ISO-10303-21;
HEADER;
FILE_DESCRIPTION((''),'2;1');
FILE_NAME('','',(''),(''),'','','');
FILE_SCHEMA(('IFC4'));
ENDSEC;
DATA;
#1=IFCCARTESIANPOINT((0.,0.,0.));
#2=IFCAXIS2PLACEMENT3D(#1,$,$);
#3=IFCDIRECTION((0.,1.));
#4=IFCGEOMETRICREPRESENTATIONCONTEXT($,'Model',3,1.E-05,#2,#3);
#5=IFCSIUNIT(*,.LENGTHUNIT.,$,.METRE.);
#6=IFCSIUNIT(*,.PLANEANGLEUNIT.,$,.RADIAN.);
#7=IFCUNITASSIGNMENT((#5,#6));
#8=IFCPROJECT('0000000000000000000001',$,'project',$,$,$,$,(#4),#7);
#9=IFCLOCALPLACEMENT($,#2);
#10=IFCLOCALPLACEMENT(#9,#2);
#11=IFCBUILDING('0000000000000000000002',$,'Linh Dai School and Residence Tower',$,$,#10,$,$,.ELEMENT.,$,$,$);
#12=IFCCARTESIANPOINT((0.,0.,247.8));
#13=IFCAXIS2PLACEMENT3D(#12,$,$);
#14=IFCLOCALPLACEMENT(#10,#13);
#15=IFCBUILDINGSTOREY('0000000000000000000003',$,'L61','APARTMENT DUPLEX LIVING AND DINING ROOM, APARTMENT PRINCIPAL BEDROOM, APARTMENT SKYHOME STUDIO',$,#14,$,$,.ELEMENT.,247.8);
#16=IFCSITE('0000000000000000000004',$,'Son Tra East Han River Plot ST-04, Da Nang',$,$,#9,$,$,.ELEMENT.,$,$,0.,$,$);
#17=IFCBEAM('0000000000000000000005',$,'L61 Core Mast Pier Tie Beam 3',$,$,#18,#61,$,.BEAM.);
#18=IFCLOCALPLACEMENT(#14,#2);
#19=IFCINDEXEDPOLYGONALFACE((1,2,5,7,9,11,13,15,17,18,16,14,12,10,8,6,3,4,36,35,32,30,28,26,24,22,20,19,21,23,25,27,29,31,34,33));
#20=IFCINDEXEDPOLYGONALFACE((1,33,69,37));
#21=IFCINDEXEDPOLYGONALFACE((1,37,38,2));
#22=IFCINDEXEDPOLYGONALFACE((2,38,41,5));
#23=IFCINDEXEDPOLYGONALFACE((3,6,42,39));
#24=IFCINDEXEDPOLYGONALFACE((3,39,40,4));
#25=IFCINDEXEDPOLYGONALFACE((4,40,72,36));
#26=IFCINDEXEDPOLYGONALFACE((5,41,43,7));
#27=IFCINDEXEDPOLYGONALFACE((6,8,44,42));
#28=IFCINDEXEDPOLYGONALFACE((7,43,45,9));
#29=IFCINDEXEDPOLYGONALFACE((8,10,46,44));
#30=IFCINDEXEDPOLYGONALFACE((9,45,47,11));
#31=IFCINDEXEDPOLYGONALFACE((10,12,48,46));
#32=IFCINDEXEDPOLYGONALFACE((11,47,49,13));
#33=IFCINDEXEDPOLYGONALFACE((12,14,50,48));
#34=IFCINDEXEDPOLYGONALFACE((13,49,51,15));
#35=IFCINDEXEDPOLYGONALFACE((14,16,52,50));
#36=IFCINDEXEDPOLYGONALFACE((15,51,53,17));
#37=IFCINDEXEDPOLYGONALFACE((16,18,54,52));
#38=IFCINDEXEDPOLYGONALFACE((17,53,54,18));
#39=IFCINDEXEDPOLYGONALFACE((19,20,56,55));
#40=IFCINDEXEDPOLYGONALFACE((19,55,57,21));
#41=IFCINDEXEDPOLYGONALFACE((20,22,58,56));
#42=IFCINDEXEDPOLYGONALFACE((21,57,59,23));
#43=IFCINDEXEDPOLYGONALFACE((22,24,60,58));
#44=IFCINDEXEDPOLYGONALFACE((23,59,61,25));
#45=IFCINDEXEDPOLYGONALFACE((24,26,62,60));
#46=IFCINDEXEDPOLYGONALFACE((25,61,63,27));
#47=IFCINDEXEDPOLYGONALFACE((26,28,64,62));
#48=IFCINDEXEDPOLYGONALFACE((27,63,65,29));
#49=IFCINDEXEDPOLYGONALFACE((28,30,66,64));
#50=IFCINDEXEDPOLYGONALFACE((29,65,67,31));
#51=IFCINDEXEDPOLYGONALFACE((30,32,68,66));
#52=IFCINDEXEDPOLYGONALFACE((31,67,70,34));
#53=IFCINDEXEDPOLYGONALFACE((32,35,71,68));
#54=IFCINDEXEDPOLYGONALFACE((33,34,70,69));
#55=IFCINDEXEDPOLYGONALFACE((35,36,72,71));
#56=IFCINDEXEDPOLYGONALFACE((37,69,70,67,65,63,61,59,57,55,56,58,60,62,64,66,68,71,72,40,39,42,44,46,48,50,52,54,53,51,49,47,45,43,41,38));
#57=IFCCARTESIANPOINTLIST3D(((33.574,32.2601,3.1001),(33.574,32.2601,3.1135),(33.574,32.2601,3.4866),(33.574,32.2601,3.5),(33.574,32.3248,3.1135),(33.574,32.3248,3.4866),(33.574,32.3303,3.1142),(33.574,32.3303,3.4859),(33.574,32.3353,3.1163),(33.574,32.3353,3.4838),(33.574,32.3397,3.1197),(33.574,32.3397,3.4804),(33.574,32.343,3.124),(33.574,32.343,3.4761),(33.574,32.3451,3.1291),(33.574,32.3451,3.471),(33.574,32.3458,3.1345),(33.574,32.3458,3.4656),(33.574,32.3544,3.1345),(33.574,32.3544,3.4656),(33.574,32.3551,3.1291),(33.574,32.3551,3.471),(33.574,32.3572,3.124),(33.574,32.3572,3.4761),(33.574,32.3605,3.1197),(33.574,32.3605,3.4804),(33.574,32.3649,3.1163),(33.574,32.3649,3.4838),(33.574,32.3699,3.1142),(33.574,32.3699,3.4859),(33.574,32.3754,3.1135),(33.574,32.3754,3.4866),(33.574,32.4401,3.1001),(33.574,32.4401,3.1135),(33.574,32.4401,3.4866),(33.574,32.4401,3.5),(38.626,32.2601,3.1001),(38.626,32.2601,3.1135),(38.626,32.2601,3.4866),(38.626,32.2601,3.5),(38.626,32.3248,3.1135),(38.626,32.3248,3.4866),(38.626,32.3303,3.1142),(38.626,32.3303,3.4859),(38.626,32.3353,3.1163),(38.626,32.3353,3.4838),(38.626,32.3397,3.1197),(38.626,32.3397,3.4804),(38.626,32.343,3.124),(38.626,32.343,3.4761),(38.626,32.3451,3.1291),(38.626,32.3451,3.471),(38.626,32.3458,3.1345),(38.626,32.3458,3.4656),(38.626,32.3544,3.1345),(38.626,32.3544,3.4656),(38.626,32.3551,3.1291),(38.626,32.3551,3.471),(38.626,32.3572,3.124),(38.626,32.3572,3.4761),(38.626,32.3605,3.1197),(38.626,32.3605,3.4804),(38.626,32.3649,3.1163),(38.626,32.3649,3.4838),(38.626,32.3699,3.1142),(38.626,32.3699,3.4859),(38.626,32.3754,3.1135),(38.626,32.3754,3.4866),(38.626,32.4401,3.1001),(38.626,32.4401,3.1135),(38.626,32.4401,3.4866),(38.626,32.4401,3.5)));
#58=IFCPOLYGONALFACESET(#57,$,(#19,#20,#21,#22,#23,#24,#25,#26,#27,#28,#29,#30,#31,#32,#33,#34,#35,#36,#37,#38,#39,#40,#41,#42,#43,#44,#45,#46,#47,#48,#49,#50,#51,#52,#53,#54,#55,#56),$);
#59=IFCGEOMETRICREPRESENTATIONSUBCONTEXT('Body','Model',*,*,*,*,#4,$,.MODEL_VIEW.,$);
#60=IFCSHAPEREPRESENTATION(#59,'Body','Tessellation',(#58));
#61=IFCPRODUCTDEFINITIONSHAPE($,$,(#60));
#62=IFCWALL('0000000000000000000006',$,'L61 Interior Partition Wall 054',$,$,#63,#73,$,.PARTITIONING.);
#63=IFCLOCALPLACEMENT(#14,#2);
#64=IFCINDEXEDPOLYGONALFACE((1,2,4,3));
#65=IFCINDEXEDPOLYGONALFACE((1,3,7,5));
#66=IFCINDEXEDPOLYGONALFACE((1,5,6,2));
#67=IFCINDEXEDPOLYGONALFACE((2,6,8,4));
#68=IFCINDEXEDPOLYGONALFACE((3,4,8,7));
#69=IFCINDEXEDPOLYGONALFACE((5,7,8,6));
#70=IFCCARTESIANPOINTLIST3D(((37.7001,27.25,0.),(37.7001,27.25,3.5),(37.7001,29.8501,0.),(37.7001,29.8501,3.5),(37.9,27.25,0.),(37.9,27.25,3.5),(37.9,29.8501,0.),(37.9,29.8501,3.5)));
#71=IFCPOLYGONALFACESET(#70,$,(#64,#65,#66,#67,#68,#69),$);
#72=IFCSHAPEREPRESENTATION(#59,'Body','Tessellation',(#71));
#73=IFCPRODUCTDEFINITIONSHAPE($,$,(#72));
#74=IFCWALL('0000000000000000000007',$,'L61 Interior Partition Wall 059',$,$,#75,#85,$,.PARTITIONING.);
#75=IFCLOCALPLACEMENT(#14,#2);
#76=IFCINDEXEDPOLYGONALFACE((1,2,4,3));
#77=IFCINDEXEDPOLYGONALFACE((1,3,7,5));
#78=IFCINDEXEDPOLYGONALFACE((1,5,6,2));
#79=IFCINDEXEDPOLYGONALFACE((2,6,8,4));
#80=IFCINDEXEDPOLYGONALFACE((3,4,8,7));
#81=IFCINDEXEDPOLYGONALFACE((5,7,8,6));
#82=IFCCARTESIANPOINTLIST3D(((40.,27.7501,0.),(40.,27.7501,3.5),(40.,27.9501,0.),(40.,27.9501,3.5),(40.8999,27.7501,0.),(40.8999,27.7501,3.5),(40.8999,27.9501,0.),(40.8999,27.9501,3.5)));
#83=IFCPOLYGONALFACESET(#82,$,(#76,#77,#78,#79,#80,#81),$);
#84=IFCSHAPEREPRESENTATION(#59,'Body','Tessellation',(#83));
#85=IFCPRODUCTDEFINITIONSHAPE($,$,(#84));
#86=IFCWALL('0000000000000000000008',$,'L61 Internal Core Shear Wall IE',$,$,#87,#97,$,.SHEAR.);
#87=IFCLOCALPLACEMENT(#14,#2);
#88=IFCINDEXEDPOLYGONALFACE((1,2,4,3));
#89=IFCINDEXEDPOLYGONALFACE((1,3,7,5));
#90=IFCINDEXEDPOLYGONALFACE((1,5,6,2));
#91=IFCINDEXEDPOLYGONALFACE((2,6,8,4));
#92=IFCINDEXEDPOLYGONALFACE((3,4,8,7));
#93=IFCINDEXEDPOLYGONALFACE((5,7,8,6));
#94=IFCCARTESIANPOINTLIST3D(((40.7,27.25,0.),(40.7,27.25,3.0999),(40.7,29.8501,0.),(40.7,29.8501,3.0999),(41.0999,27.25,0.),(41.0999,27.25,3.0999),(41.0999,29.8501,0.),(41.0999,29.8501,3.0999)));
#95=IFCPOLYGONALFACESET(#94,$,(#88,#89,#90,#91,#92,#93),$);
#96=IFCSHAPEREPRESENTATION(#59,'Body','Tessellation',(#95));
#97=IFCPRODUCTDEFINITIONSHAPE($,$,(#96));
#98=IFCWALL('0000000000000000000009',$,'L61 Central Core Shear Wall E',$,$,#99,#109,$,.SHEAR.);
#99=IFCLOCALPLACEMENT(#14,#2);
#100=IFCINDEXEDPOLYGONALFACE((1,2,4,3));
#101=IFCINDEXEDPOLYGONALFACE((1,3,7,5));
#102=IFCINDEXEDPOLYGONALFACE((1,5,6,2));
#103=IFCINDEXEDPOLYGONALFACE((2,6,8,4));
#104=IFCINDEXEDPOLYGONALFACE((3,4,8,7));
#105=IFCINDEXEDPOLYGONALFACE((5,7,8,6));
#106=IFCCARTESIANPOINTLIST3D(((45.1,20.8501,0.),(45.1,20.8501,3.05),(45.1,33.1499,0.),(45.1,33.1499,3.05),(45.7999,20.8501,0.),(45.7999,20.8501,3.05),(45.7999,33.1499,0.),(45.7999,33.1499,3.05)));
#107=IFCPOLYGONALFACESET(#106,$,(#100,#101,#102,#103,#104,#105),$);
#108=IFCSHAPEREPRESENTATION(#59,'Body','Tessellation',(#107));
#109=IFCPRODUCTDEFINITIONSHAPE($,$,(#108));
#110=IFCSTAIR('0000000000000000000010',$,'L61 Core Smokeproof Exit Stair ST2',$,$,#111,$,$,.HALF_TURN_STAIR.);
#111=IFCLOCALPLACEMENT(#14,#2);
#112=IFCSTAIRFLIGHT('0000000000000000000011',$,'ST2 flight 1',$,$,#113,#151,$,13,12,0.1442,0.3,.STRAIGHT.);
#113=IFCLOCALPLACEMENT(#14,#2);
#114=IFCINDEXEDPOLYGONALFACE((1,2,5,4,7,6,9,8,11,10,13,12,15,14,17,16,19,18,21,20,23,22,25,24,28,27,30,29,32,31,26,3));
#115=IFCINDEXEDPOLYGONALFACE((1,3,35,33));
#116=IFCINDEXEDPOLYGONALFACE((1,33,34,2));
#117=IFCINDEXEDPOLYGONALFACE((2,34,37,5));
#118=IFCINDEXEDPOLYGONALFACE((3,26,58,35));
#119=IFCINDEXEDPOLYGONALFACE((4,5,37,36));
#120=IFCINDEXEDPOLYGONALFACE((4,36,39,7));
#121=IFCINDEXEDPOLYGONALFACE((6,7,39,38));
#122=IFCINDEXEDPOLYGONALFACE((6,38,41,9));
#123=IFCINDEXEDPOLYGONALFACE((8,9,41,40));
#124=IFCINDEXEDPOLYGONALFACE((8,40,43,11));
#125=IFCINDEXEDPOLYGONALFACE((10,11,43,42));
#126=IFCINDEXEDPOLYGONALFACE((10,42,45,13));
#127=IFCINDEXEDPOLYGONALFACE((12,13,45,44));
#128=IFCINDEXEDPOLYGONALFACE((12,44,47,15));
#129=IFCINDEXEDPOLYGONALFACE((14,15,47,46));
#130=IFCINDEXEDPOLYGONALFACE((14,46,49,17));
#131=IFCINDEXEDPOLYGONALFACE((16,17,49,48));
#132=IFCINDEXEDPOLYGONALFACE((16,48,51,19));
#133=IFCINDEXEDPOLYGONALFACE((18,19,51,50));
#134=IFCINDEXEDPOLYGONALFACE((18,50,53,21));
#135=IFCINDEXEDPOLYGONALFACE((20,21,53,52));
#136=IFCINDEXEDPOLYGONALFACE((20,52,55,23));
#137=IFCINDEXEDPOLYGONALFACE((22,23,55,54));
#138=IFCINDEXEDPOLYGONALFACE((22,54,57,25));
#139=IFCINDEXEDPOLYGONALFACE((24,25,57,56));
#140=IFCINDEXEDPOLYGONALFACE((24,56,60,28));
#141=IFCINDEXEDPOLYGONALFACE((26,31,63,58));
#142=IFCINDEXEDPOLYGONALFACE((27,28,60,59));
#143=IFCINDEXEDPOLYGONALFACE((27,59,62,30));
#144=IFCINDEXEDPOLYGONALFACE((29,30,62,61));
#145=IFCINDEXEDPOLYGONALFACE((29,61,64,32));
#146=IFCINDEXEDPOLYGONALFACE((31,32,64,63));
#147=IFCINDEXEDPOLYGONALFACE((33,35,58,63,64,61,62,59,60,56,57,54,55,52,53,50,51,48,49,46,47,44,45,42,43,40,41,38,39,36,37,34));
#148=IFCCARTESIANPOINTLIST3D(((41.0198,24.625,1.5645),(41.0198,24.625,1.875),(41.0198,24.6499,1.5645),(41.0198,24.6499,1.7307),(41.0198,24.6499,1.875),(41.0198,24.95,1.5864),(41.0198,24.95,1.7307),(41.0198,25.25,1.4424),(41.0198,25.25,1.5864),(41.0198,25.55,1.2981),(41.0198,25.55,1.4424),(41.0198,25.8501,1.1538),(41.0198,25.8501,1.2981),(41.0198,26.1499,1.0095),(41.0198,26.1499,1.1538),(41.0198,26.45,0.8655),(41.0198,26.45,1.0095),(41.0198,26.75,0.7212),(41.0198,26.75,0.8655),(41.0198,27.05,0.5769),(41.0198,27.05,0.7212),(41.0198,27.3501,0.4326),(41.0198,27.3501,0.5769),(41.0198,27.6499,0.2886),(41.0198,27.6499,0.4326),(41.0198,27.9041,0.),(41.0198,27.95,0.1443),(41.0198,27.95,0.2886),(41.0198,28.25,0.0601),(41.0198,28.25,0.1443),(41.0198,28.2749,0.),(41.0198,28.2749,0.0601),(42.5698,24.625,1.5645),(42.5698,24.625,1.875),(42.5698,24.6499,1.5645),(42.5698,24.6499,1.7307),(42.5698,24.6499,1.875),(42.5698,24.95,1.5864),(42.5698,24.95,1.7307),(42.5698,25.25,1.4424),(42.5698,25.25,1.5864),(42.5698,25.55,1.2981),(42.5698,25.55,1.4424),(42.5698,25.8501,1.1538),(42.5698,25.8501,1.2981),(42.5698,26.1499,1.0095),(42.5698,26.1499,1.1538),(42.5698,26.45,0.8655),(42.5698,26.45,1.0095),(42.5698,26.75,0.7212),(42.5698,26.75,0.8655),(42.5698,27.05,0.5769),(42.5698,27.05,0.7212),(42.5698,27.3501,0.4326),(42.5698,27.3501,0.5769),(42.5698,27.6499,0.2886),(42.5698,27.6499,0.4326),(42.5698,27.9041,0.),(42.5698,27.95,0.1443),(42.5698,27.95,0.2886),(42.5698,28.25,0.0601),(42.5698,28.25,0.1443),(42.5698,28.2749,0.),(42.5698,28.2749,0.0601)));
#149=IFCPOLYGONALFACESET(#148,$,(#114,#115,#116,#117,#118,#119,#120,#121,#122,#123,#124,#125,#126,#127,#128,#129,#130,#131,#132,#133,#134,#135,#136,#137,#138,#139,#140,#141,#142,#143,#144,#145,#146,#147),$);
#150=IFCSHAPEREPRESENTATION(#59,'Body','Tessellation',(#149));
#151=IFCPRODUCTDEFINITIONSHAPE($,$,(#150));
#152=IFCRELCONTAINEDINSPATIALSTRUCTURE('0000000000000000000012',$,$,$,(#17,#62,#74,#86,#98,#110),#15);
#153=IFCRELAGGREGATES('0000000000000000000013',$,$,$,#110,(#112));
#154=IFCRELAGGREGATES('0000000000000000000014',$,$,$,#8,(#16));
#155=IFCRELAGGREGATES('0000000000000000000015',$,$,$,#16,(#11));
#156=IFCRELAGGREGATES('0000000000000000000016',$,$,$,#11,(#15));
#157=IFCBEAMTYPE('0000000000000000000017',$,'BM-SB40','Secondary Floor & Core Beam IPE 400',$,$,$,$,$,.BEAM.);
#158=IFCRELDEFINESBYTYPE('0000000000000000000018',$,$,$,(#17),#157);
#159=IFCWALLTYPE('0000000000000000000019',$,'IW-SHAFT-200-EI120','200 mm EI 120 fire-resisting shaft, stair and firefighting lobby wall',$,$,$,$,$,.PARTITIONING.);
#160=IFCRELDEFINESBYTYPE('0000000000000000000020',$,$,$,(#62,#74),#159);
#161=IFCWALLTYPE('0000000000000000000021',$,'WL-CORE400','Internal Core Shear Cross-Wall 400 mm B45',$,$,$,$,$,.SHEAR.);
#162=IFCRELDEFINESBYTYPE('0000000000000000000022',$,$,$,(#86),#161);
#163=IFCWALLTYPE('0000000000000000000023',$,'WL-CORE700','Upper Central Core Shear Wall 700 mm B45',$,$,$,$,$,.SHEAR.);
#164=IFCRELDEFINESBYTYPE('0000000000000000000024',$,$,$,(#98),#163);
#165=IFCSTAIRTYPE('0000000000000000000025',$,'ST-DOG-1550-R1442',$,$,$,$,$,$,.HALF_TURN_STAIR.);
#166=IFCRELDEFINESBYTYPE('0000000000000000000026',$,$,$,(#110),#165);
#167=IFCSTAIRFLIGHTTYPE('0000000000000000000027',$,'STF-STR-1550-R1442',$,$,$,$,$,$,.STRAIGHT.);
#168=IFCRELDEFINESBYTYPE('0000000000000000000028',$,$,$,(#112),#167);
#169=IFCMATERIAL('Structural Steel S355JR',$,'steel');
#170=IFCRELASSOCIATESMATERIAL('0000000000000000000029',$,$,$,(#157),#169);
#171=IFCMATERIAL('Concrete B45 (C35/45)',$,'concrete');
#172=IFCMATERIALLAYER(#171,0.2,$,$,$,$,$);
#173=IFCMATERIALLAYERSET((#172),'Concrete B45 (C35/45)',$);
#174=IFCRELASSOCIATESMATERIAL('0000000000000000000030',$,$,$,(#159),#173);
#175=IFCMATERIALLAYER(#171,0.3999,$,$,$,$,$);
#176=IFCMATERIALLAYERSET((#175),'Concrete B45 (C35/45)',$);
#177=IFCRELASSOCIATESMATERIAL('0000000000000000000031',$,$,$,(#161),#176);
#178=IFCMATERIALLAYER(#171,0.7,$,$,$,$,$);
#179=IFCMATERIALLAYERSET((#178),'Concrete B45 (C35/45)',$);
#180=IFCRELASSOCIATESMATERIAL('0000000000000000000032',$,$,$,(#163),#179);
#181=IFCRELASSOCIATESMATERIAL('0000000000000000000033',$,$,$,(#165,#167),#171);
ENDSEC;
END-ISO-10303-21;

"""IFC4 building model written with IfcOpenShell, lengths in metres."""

from ifc_helpers import new_model, si_unit, direction, frame, frame_2d, origin, origin_2d, place, context, subcontext, project, spatial, polyline, rectangle, i_section, outline, extrude, source, transform, mapped, material, layer, layer_set, material_profile, profile_set, type_object, element, aggregate, save


model = new_model("IFC4")

# Units and contexts
model_context = context("Model", 3, precision=1e-05, world=origin(), true_north=direction((0.0, 1.0)))
body_context = subcontext(model_context, "Body", "Model", "MODEL_VIEW")
ifc_project = project(units=[si_unit("LENGTHUNIT", "METRE"), si_unit("PLANEANGLEUNIT", "RADIAN")], contexts=[model_context])

# Site, building, storey
site_placement = place(None, origin())
site = spatial("IfcSite", under=ifc_project, at=site_placement, Name="Son Tra East Han River Plot ST-04, Da Nang", CompositionType="ELEMENT", RefElevation=0.0)
building_placement = place(site_placement, origin())
building = spatial("IfcBuilding", under=site, at=building_placement, Name="Linh Dai School and Residence Tower", CompositionType="ELEMENT")
storey_placement = place(building_placement, frame((0.0, 0.0, 247.8)))
storey = spatial("IfcBuildingStorey", under=building, at=storey_placement, Name="L61", Description="APARTMENT DUPLEX LIVING AND DINING ROOM, APARTMENT PRINCIPAL BEDROOM, APARTMENT SKYHOME STUDIO", CompositionType="ELEMENT", Elevation=247.8)

# Shared definitions
ifc_material_1 = material(Name="Structural Steel S355JR", Category="steel")

# Beam
ifc_material_profile_1 = material_profile(ifc_material_1, i_section(OverallWidth=0.1799, OverallDepth=0.3999, WebThickness=0.0085, FlangeThickness=0.0134, FilletRadius=0.021, at=origin_2d()), Name="IPE 400")
ifc_profile_set_1 = profile_set([ifc_material_profile_1], Name="Structural Steel S355JR")
beam_type_1 = type_object("IfcBeamType", Name="BM-SB40", Description="Secondary Floor & Core Beam IPE 400", PredefinedType="BEAM", material=ifc_profile_set_1)
beam_1_placement = place(storey_placement, frame((38.626, 32.3501, 3.3), z_axis=(-1.0, 0.0, 0.0), x_axis=(0.0, -1.0, 0.0)))
element("IfcBeam", 1, at=beam_1_placement, inside=storey, type_object=beam_type_1, Name="L61 Core Mast Pier Tie Beam 3", PredefinedType="BEAM", context=body_context, shape_type="SweptSolid", body=[
    extrude(i_section(OverallWidth=0.1799, OverallDepth=0.3999, WebThickness=0.0085, FlangeThickness=0.0134, FilletRadius=0.021, at=origin_2d()), origin(), (0.0, 0.0, 1.0), 5.052),
])

# Shared definitions
ifc_material_2 = material(Name="Concrete B45 (C35/45)", Category="concrete")
ifc_layer_1 = layer(ifc_material_2, 0.2)
ifc_layer_set_1 = layer_set([ifc_layer_1], Name="Concrete B45 (C35/45)")
wall_type_1 = type_object("IfcWallType", Name="IW-SHAFT-200-EI120", Description="200 mm EI 120 fire-resisting shaft, stair and firefighting lobby wall", PredefinedType="PARTITIONING", material=ifc_layer_set_1)

# Walls
wall_1_placement = place(storey_placement, frame((37.8, 27.25, 0.0), z_axis=(0.0, 0.0, 1.0), x_axis=(0.0, 1.0, 0.0)))
element("IfcWall", 2, at=wall_1_placement, inside=storey, type_object=wall_type_1, Name="L61 Interior Partition Wall 054", PredefinedType="PARTITIONING", context=body_context, shape_type="SweptSolid", body=[
    extrude(rectangle(XDim=2.6001, YDim=0.2, at=frame_2d((1.3, 0.0))), origin(), (0.0, 0.0, 1.0), 3.5),
])
wall_2_placement = place(storey_placement, frame((40.0, 27.8501, 0.0), z_axis=(0.0, 0.0, 1.0), x_axis=(1.0, 0.0, 0.0)))
element("IfcWall", 3, at=wall_2_placement, inside=storey, type_object=wall_type_1, Name="L61 Interior Partition Wall 059", PredefinedType="PARTITIONING", context=body_context, shape_type="SweptSolid", body=[
    extrude(rectangle(XDim=0.8999, YDim=0.2, at=frame_2d((0.45, 0.0))), origin(), (0.0, 0.0, 1.0), 3.5),
])
ifc_layer_2 = layer(ifc_material_2, 0.3999)
ifc_layer_set_2 = layer_set([ifc_layer_2], Name="Concrete B45 (C35/45)")
wall_type_2 = type_object("IfcWallType", Name="WL-CORE400", Description="Internal Core Shear Cross-Wall 400 mm B45", PredefinedType="SHEAR", material=ifc_layer_set_2)
wall_3_placement = place(storey_placement, frame((40.8999, 27.25, 0.0), z_axis=(0.0, 0.0, 1.0), x_axis=(0.0, 1.0, 0.0)))
element("IfcWall", 4, at=wall_3_placement, inside=storey, type_object=wall_type_2, Name="L61 Internal Core Shear Wall IE", PredefinedType="SHEAR", context=body_context, shape_type="SweptSolid", body=[
    extrude(rectangle(XDim=2.6001, YDim=0.3999, at=frame_2d((1.3, 0.0))), origin(), (0.0, 0.0, 1.0), 3.0999),
])
ifc_layer_3 = layer(ifc_material_2, 0.7)
ifc_layer_set_3 = layer_set([ifc_layer_3], Name="Concrete B45 (C35/45)")
wall_type_3 = type_object("IfcWallType", Name="WL-CORE700", Description="Upper Central Core Shear Wall 700 mm B45", PredefinedType="SHEAR", material=ifc_layer_set_3)
wall_4_placement = place(storey_placement, frame((45.45, 33.1499, 0.0), z_axis=(0.0, 0.0, 1.0), x_axis=(0.0, -1.0, 0.0)))
element("IfcWall", 5, at=wall_4_placement, inside=storey, type_object=wall_type_3, Name="L61 Central Core Shear Wall E", PredefinedType="SHEAR", context=body_context, shape_type="SweptSolid", body=[
    extrude(rectangle(XDim=12.2998, YDim=0.7, at=frame_2d((6.1499, 0.0))), origin(), (0.0, 0.0, 1.0), 3.05),
])

# Stair, stair flight
stair_type = type_object("IfcStairType", Name="ST-DOG-1550-R1442", PredefinedType="HALF_TURN_STAIR", material=ifc_material_2)
stair_placement = place(storey_placement, origin())
stair = element("IfcStair", 6, at=stair_placement, inside=storey, type_object=stair_type, Name="L61 Core Smokeproof Exit Stair ST2", PredefinedType="HALF_TURN_STAIR")
stair_flight_type = type_object("IfcStairFlightType", Name="STF-STR-1550-R1442", PredefinedType="STRAIGHT", material=ifc_material_2)
shared_shape_1 = source(origin(), body_context, "Body", "SweptSolid", [
    extrude(outline(polyline([(-0.0249, 0.0), (-0.0249, 0.0601), (0.0, 0.0601), (0.0, 0.1443), (0.3, 0.1443), (0.3, 0.2886), (0.6001, 0.2886), (0.6001, 0.4326), (0.8999, 0.4326), (0.8999, 0.5769), (1.2, 0.5769), (1.2, 0.7212), (1.5, 0.7212), (1.5, 0.8655), (1.8, 0.8655), (1.8, 1.0095), (2.1001, 1.0095), (2.1001, 1.1538), (2.3999, 1.1538), (2.3999, 1.2981), (2.7, 1.2981), (2.7, 1.4424), (3.0, 1.4424), (3.0, 1.5864), (3.3, 1.5864), (3.3, 1.7307), (3.6001, 1.7307), (3.6001, 1.875), (3.625, 1.875), (3.625, 1.5645), (3.6001, 1.5645), (0.3459, 0.0), (-0.0249, 0.0)])), frame((0.0, 0.7749, 0.0), z_axis=(0.0, -1.0, 0.0), x_axis=(1.0, 0.0, 0.0)), (0.0, 0.0, 1.0), 1.55),
])
stair_flight_placement = place(storey_placement, frame((41.7949, 28.25, 0.0), z_axis=(0.0, 0.0, 1.0), x_axis=(0.0, -1.0, 0.0)))
stair_flight = element("IfcStairFlight", 7, at=stair_flight_placement, type_object=stair_flight_type, Name="ST2 flight 1", NumberOfRisers=13, NumberOfTreads=12, PredefinedType="STRAIGHT", RiserHeight=0.1442, TreadLength=0.3, context=body_context, shape_type="MappedRepresentation", body=[
    mapped(shared_shape_1, transform((0.0, 0.0, 0.0), x_axis=(1.0, 0.0, 0.0), y_axis=(0.0, 1.0, 0.0), z_axis=(0.0, 0.0, 1.0), scale=1.0)),
])
aggregate(stair, [stair_flight])

save(model, "model.ifc")
